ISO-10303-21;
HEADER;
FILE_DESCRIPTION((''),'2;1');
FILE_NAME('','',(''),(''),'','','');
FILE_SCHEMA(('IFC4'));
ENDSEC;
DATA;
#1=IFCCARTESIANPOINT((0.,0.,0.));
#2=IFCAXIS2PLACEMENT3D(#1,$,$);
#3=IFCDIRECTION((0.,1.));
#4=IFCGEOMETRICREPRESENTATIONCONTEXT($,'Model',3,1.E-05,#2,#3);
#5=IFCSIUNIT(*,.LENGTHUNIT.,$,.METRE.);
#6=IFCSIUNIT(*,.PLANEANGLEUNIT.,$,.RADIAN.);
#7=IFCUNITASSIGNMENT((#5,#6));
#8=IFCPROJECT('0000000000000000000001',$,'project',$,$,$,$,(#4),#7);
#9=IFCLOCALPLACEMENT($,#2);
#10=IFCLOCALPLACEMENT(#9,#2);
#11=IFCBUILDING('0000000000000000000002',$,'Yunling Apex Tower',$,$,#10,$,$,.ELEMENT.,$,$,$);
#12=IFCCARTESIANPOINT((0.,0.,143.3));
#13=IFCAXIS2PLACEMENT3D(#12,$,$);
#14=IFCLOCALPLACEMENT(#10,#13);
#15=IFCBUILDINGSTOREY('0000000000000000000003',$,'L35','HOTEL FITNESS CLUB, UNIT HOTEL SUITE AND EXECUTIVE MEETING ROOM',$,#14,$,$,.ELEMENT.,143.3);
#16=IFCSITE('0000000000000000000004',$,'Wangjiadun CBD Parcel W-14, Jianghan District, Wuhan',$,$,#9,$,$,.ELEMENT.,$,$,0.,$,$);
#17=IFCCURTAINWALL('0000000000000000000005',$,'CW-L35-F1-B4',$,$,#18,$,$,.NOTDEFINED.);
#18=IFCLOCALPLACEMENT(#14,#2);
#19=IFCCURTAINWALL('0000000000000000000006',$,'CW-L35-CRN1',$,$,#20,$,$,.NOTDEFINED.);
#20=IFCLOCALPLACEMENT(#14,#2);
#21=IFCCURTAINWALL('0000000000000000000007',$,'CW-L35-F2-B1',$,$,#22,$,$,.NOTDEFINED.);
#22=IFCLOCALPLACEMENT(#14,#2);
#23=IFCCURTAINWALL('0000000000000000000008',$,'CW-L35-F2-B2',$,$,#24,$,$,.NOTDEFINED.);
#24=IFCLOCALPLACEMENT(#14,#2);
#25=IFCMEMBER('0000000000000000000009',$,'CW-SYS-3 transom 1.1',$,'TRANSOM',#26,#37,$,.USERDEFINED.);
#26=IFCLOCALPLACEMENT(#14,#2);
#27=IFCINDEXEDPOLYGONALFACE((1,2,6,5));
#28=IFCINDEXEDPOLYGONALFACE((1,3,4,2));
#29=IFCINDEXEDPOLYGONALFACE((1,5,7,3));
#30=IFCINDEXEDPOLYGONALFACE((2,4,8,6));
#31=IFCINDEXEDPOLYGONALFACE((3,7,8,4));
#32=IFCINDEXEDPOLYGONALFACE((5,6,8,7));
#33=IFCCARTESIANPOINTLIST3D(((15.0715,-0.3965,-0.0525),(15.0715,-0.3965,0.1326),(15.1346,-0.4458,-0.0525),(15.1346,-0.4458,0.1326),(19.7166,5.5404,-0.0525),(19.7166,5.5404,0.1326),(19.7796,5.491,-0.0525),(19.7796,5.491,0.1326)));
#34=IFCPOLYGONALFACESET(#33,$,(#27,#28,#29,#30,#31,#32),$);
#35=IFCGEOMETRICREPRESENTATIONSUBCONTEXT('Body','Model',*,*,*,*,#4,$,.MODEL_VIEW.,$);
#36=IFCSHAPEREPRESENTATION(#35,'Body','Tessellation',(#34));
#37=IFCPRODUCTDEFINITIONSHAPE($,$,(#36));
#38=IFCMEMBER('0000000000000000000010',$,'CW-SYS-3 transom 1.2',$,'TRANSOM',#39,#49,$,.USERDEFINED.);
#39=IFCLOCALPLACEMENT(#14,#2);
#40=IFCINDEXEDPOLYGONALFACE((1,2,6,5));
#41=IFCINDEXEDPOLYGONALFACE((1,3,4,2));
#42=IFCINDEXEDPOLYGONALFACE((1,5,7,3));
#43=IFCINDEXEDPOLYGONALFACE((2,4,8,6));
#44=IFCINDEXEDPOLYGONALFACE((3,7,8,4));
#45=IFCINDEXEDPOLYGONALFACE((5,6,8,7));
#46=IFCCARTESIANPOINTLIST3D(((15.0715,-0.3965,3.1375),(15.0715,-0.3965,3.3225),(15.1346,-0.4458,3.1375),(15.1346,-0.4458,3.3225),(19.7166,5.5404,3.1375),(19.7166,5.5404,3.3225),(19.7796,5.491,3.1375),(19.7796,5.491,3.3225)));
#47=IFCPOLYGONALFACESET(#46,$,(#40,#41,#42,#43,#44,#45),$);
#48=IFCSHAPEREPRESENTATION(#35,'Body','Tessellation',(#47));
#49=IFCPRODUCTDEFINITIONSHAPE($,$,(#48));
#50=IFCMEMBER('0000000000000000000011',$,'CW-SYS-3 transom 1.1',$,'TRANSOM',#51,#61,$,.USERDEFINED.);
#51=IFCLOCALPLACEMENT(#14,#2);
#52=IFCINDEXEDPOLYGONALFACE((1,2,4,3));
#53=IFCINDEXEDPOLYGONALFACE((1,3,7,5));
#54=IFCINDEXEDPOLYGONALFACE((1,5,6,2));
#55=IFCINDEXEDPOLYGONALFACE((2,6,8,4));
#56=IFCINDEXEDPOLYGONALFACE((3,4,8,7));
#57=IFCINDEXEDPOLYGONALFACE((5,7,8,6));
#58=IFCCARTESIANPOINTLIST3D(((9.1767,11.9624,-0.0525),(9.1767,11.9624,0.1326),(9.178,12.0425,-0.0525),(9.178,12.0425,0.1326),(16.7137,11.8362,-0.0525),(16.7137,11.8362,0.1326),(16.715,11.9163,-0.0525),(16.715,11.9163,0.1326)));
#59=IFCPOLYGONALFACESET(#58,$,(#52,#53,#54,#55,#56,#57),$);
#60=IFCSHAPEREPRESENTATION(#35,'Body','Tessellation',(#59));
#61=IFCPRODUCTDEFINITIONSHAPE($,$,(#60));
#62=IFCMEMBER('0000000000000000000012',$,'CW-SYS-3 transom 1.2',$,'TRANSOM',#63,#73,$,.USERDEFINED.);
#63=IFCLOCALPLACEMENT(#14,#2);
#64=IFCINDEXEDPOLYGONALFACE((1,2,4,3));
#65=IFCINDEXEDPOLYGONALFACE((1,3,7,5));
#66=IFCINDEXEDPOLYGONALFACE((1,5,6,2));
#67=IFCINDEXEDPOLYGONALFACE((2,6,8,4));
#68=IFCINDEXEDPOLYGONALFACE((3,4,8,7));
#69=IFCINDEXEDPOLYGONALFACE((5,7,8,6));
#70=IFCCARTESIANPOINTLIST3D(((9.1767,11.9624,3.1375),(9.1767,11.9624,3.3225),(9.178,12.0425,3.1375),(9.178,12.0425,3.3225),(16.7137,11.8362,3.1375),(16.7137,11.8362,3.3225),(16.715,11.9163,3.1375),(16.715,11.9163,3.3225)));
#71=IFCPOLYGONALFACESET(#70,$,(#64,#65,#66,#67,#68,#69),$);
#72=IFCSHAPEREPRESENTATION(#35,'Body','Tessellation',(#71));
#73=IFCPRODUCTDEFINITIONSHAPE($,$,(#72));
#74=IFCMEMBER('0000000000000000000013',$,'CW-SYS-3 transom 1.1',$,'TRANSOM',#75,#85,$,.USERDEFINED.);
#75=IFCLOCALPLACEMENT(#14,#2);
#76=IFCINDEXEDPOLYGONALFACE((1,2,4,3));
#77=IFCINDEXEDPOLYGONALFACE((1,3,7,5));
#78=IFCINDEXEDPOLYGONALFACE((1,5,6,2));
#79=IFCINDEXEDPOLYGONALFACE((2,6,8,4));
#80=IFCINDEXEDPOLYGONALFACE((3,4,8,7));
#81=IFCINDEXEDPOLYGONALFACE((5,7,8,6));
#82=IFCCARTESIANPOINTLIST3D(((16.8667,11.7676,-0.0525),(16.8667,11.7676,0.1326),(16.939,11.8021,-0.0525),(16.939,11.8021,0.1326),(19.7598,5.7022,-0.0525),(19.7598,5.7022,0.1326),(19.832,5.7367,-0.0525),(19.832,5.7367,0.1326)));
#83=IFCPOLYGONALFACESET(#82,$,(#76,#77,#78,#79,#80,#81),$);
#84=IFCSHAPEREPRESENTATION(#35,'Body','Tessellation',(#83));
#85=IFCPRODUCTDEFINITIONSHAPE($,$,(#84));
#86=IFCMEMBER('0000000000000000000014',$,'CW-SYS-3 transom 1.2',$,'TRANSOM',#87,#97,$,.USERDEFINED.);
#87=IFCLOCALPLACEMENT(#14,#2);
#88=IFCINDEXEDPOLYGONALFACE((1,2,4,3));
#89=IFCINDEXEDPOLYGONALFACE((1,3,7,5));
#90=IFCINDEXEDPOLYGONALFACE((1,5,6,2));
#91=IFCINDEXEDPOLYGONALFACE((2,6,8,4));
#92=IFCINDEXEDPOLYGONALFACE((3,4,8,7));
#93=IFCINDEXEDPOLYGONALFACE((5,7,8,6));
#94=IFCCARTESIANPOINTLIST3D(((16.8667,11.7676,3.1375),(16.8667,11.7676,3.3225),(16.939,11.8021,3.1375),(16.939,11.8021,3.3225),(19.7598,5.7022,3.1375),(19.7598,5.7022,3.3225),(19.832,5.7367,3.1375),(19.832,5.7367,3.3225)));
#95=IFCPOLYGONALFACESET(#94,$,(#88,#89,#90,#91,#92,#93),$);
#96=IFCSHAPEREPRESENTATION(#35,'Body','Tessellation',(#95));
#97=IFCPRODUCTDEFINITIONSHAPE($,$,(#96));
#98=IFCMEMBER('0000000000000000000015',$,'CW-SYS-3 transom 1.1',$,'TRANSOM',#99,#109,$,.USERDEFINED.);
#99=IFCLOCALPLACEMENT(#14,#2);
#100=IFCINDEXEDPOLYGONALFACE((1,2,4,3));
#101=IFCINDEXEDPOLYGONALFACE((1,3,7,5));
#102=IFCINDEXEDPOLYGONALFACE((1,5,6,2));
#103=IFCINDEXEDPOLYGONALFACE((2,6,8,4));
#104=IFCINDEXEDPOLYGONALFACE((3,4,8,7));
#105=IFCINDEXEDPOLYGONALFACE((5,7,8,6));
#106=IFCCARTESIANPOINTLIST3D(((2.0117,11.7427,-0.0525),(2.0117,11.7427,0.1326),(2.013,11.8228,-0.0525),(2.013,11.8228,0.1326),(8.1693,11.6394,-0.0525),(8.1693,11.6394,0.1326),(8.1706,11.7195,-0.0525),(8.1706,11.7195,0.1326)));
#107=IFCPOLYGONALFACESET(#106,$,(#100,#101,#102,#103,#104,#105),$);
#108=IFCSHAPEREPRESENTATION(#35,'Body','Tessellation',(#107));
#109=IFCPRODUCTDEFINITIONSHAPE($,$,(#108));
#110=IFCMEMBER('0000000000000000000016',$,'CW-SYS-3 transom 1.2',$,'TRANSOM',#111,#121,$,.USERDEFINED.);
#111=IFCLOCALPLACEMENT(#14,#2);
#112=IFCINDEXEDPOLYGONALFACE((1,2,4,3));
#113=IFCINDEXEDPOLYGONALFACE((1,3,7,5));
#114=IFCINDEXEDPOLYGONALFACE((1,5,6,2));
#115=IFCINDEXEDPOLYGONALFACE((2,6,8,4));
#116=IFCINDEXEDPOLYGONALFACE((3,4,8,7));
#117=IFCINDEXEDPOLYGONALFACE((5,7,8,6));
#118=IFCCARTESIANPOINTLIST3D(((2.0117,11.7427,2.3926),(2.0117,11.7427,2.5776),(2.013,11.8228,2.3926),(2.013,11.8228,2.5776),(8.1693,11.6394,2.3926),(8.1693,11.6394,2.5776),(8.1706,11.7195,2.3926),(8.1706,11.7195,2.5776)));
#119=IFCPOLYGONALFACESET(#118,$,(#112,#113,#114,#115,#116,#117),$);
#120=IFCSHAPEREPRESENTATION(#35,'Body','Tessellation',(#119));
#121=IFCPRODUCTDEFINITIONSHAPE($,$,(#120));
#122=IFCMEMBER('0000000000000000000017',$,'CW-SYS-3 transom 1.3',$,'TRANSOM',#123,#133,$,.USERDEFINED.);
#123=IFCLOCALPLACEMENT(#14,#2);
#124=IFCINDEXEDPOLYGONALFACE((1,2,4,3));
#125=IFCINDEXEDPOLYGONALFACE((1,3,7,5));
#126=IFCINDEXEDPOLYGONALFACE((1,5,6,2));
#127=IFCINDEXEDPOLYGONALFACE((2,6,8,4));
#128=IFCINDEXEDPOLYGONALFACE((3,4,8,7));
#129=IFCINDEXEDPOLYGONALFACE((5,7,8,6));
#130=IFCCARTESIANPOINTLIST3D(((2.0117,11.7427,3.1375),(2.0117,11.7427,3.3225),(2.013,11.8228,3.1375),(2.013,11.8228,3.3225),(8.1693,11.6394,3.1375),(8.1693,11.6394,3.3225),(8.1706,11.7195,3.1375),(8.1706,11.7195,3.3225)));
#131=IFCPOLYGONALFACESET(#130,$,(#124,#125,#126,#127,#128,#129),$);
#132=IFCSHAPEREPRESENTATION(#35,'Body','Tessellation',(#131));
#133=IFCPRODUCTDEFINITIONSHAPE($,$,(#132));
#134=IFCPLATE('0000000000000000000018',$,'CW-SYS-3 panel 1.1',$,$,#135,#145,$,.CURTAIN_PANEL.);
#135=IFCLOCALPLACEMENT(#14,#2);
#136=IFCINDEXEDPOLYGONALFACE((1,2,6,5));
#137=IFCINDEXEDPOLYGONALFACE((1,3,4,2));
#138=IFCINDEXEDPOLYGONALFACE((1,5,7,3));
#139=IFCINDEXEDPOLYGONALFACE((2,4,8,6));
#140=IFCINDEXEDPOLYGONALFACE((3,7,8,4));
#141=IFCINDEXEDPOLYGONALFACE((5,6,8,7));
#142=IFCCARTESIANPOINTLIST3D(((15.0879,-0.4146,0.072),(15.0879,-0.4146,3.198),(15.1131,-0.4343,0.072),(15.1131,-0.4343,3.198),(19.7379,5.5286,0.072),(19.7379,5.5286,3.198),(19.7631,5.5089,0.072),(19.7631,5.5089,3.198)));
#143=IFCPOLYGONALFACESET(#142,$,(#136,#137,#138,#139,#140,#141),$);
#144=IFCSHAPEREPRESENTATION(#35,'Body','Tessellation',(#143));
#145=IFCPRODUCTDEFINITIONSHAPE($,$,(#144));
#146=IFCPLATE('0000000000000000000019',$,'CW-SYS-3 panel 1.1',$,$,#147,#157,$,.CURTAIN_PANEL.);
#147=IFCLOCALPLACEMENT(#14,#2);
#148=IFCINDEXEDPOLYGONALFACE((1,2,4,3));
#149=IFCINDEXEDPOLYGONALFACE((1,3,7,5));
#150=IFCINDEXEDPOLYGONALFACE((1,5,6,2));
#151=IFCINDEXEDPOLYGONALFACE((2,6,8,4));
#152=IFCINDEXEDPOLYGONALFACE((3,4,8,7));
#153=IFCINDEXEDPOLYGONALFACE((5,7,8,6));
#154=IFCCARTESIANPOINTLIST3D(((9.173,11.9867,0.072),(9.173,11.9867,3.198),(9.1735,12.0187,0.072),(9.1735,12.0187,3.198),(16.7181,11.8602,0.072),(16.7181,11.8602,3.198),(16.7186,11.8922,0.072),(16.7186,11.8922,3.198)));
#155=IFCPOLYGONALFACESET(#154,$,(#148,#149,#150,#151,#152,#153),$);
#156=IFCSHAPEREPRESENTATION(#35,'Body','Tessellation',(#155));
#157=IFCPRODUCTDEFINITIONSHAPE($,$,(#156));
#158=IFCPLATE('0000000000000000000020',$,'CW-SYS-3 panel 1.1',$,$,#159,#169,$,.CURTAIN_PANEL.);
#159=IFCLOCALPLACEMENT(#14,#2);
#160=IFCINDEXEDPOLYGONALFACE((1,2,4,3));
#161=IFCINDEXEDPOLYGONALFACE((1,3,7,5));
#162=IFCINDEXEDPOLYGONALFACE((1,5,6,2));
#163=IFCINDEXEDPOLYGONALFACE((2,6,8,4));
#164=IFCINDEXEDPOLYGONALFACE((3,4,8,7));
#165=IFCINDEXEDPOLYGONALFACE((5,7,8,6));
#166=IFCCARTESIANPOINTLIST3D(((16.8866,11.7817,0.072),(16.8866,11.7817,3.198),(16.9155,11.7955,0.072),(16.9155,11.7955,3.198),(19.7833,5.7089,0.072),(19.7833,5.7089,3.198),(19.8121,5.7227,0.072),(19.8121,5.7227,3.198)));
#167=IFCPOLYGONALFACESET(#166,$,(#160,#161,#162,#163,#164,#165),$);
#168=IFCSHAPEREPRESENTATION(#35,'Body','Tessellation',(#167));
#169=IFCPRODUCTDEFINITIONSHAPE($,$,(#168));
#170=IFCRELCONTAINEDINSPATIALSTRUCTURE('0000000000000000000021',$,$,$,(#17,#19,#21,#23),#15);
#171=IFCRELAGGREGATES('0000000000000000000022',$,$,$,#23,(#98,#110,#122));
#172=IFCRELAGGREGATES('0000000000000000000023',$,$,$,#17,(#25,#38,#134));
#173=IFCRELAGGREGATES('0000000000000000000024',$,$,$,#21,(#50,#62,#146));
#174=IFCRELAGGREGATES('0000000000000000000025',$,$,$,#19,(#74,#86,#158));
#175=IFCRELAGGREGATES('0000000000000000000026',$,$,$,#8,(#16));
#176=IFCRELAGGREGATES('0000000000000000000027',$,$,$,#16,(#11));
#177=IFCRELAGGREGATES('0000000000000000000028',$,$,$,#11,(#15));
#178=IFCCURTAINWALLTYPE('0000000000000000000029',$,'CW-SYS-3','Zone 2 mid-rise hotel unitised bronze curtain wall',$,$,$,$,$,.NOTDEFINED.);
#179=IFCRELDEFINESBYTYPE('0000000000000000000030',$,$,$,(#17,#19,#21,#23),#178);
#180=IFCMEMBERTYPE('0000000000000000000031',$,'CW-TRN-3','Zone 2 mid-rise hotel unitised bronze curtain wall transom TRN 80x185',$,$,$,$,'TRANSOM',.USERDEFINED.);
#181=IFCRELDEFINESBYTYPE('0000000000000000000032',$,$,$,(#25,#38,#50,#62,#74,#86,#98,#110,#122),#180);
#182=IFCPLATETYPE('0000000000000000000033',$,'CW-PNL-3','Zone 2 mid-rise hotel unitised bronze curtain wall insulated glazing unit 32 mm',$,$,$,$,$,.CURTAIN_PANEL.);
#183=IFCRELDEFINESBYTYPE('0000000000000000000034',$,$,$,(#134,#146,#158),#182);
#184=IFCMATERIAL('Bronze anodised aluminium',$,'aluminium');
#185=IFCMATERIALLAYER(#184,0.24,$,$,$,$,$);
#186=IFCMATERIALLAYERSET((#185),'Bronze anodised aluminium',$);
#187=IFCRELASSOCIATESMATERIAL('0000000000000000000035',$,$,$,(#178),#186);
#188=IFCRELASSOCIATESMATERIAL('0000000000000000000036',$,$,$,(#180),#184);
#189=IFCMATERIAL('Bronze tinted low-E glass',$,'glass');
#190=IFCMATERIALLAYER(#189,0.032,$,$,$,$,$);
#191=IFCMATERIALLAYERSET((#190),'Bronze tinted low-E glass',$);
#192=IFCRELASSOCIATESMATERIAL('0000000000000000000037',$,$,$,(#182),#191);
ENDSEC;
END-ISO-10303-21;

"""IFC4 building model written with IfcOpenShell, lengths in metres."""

from ifc_helpers import new_model, si_unit, direction, frame, origin, origin_2d, place, context, subcontext, project, spatial, rectangle, extrude, source, transform, mapped, material, layer, layer_set, material_profile, profile_set, type_object, element, aggregate, save


model = new_model("IFC4")

# Units and contexts
model_context = context("Model", 3, precision=1e-05, world=origin(), true_north=direction((0.0, 1.0)))
body_context = subcontext(model_context, "Body", "Model", "MODEL_VIEW")
ifc_project = project(units=[si_unit("LENGTHUNIT", "METRE"), si_unit("PLANEANGLEUNIT", "RADIAN")], contexts=[model_context])

# Site, building, storey
site_placement = place(None, origin())
site = spatial("IfcSite", under=ifc_project, at=site_placement, Name="Wangjiadun CBD Parcel W-14, Jianghan District, Wuhan", CompositionType="ELEMENT", RefElevation=0.0)
building_placement = place(site_placement, origin())
building = spatial("IfcBuilding", under=site, at=building_placement, Name="Yunling Apex Tower", CompositionType="ELEMENT")
storey_placement = place(building_placement, frame((0.0, 0.0, 143.3)))
storey = spatial("IfcBuildingStorey", under=building, at=storey_placement, Name="L35", Description="HOTEL FITNESS CLUB, UNIT HOTEL SUITE AND EXECUTIVE MEETING ROOM", CompositionType="ELEMENT", Elevation=143.3)

# Curtain wall
ifc_material_1 = material(Name="Bronze anodised aluminium", Category="aluminium")
ifc_layer_1 = layer(ifc_material_1, 0.24)
ifc_layer_set_1 = layer_set([ifc_layer_1], Name="Bronze anodised aluminium")
curtain_wall_type = type_object("IfcCurtainWallType", Name="CW-SYS-3", Description="Zone 2 mid-rise hotel unitised bronze curtain wall", PredefinedType="NOTDEFINED", material=ifc_layer_set_1)
curtain_wall_1_placement = place(storey_placement, origin())
curtain_wall_1 = element("IfcCurtainWall", 1, at=curtain_wall_1_placement, inside=storey, type_object=curtain_wall_type, Name="CW-L35-F1-B4", PredefinedType="NOTDEFINED")

# Curtain walls
curtain_wall_2_placement = place(storey_placement, origin())
curtain_wall_2 = element("IfcCurtainWall", 2, at=curtain_wall_2_placement, inside=storey, type_object=curtain_wall_type, Name="CW-L35-CRN1", PredefinedType="NOTDEFINED")
curtain_wall_3_placement = place(storey_placement, origin())
curtain_wall_3 = element("IfcCurtainWall", 3, at=curtain_wall_3_placement, inside=storey, type_object=curtain_wall_type, Name="CW-L35-F2-B1", PredefinedType="NOTDEFINED")

# Curtain wall
curtain_wall_4_placement = place(storey_placement, origin())
curtain_wall_4 = element("IfcCurtainWall", 4, at=curtain_wall_4_placement, inside=storey, type_object=curtain_wall_type, Name="CW-L35-F2-B2", PredefinedType="NOTDEFINED")

# Members
ifc_material_profile_1 = material_profile(ifc_material_1, rectangle(XDim=0.0801, YDim=0.1851, at=origin_2d()))
ifc_profile_set_1 = profile_set([ifc_material_profile_1], Name="Bronze anodised aluminium")
member_type_1 = type_object("IfcMemberType", Name="CW-TRN-3", Description="Zone 2 mid-rise hotel unitised bronze curtain wall transom TRN 80x185", ElementType="TRANSOM", PredefinedType="USERDEFINED", material=ifc_profile_set_1)
shared_shape_1 = source(origin(), body_context, "Body", "SweptSolid", [
    extrude(rectangle(XDim=0.0801, YDim=0.1851, at=origin_2d()), origin(), (0.0, 0.0, 1.0), 7.5381),
])
member_1_placement = place(storey_placement, frame((15.103, -0.4211, 0.04), z_axis=(0.616214, 0.787579, 0.0), x_axis=(-0.787579, 0.616214, 0.0)))
member_1 = element("IfcMember", 5, at=member_1_placement, type_object=member_type_1, Name="CW-SYS-3 transom 1.1", ObjectType="TRANSOM", PredefinedType="USERDEFINED", context=body_context, shape_type="MappedRepresentation", body=[
    mapped(shared_shape_1, transform((0.0, 0.0, 0.0), scale=1.0)),
])
member_2_placement = place(storey_placement, frame((15.103, -0.4211, 3.23), z_axis=(0.616214, 0.787579, 0.0), x_axis=(-0.787579, 0.616214, 0.0)))
member_2 = element("IfcMember", 6, at=member_2_placement, type_object=member_type_1, Name="CW-SYS-3 transom 1.2", ObjectType="TRANSOM", PredefinedType="USERDEFINED", context=body_context, shape_type="MappedRepresentation", body=[
    mapped(shared_shape_1, transform((0.0, 0.0, 0.0), scale=1.0)),
])
member_3_placement = place(storey_placement, frame((16.7144, 11.8762, 0.04), z_axis=(-0.99986, 0.016744, 0.0), x_axis=(-0.016744, -0.99986, 0.0)))
member_3 = element("IfcMember", 7, at=member_3_placement, type_object=member_type_1, Name="CW-SYS-3 transom 1.1", ObjectType="TRANSOM", PredefinedType="USERDEFINED", context=body_context, shape_type="MappedRepresentation", body=[
    mapped(shared_shape_1, transform((0.0, 0.0, 0.0), scale=1.0)),
])
member_4_placement = place(storey_placement, frame((16.7144, 11.8762, 3.23), z_axis=(-0.99986, 0.016744, 0.0), x_axis=(-0.016744, -0.99986, 0.0)))
member_4 = element("IfcMember", 8, at=member_4_placement, type_object=member_type_1, Name="CW-SYS-3 transom 1.2", ObjectType="TRANSOM", PredefinedType="USERDEFINED", context=body_context, shape_type="MappedRepresentation", body=[
    mapped(shared_shape_1, transform((0.0, 0.0, 0.0), scale=1.0)),
])
shared_shape_2 = source(origin(), body_context, "Body", "SweptSolid", [
    extrude(rectangle(XDim=0.0801, YDim=0.1851, at=origin_2d()), origin(), (0.0, 0.0, 1.0), 6.72),
])
member_5_placement = place(storey_placement, frame((19.7959, 5.7195, 0.04), z_axis=(-0.430512, 0.902585, 0.0), x_axis=(-0.902585, -0.430512, 0.0)))
member_5 = element("IfcMember", 9, at=member_5_placement, type_object=member_type_1, Name="CW-SYS-3 transom 1.1", ObjectType="TRANSOM", PredefinedType="USERDEFINED", context=body_context, shape_type="MappedRepresentation", body=[
    mapped(shared_shape_2, transform((0.0, 0.0, 0.0), scale=1.0)),
])
member_6_placement = place(storey_placement, frame((19.7959, 5.7195, 3.23), z_axis=(-0.430512, 0.902585, 0.0), x_axis=(-0.902585, -0.430512, 0.0)))
member_6 = element("IfcMember", 10, at=member_6_placement, type_object=member_type_1, Name="CW-SYS-3 transom 1.2", ObjectType="TRANSOM", PredefinedType="USERDEFINED", context=body_context, shape_type="MappedRepresentation", body=[
    mapped(shared_shape_2, transform((0.0, 0.0, 0.0), scale=1.0)),
])
shared_shape_3 = source(origin(), body_context, "Body", "SweptSolid", [
    extrude(rectangle(XDim=0.0801, YDim=0.1851, at=origin_2d()), origin(), (0.0, 0.0, 1.0), 6.1584),
])
member_7_placement = place(storey_placement, frame((8.1699, 11.6794, 0.04), z_axis=(-0.999859, 0.016769, 0.0), x_axis=(-0.016769, -0.999859, 0.0)))
member_7 = element("IfcMember", 11, at=member_7_placement, type_object=member_type_1, Name="CW-SYS-3 transom 1.1", ObjectType="TRANSOM", PredefinedType="USERDEFINED", context=body_context, shape_type="MappedRepresentation", body=[
    mapped(shared_shape_3, transform((0.0, 0.0, 0.0), scale=1.0)),
])
member_8_placement = place(storey_placement, frame((8.1699, 11.6794, 2.4851), z_axis=(-0.999859, 0.016769, 0.0), x_axis=(-0.016769, -0.999859, 0.0)))
member_8 = element("IfcMember", 12, at=member_8_placement, type_object=member_type_1, Name="CW-SYS-3 transom 1.2", ObjectType="TRANSOM", PredefinedType="USERDEFINED", context=body_context, shape_type="MappedRepresentation", body=[
    mapped(shared_shape_3, transform((0.0, 0.0, 0.0), scale=1.0)),
])
member_9_placement = place(storey_placement, frame((8.1699, 11.6794, 3.23), z_axis=(-0.999859, 0.016769, 0.0), x_axis=(-0.016769, -0.999859, 0.0)))
member_9 = element("IfcMember", 13, at=member_9_placement, type_object=member_type_1, Name="CW-SYS-3 transom 1.3", ObjectType="TRANSOM", PredefinedType="USERDEFINED", context=body_context, shape_type="MappedRepresentation", body=[
    mapped(shared_shape_3, transform((0.0, 0.0, 0.0), scale=1.0)),
])
aggregate(curtain_wall_4, [member_7, member_8, member_9])

# Plates
ifc_material_2 = material(Name="Bronze tinted low-E glass", Category="glass")
ifc_layer_2 = layer(ifc_material_2, 0.032)
ifc_layer_set_2 = layer_set([ifc_layer_2], Name="Bronze tinted low-E glass")
plate_type = type_object("IfcPlateType", Name="CW-PNL-3", Description="Zone 2 mid-rise hotel unitised bronze curtain wall insulated glazing unit 32 mm", PredefinedType="CURTAIN_PANEL", material=ifc_layer_set_2)
shared_shape_4 = source(origin(), body_context, "Body", "SweptSolid", [
    extrude(rectangle(XDim=7.5461, YDim=0.032, at=origin_2d()), origin(), (0.0, 0.0, 1.0), 3.126),
])
plate_1_placement = place(storey_placement, frame((17.4255, 2.5471, 0.072), z_axis=(0.0, 0.0, 1.0), x_axis=(0.616208, 0.787584, 0.0)))
plate_1 = element("IfcPlate", 14, at=plate_1_placement, type_object=plate_type, Name="CW-SYS-3 panel 1.1", PredefinedType="CURTAIN_PANEL", context=body_context, shape_type="MappedRepresentation", body=[
    mapped(shared_shape_4, transform((0.0, 0.0, 0.0), scale=1.0)),
])
aggregate(curtain_wall_1, [member_1, member_2, plate_1])
plate_2_placement = place(storey_placement, frame((12.9458, 11.9395, 0.072), z_axis=(0.0, 0.0, 1.0), x_axis=(-0.99986, 0.016762, 0.0)))
plate_2 = element("IfcPlate", 15, at=plate_2_placement, type_object=plate_type, Name="CW-SYS-3 panel 1.1", PredefinedType="CURTAIN_PANEL", context=body_context, shape_type="MappedRepresentation", body=[
    mapped(shared_shape_4, transform((0.0, 0.0, 0.0), scale=1.0)),
])
aggregate(curtain_wall_3, [member_3, member_4, plate_2])
shared_shape_5 = source(origin(), body_context, "Body", "SweptSolid", [
    extrude(rectangle(XDim=6.7283, YDim=0.032, at=origin_2d()), origin(), (0.0, 0.0, 1.0), 3.126),
])
plate_3_placement = place(storey_placement, frame((18.3494, 8.7522, 0.072), z_axis=(0.0, 0.0, 1.0), x_axis=(-0.430519, 0.902582, 0.0)))
plate_3 = element("IfcPlate", 16, at=plate_3_placement, type_object=plate_type, Name="CW-SYS-3 panel 1.1", PredefinedType="CURTAIN_PANEL", context=body_context, shape_type="MappedRepresentation", body=[
    mapped(shared_shape_5, transform((0.0, 0.0, 0.0), scale=1.0)),
])
aggregate(curtain_wall_2, [member_5, member_6, plate_3])

save(model, "model.ifc")
